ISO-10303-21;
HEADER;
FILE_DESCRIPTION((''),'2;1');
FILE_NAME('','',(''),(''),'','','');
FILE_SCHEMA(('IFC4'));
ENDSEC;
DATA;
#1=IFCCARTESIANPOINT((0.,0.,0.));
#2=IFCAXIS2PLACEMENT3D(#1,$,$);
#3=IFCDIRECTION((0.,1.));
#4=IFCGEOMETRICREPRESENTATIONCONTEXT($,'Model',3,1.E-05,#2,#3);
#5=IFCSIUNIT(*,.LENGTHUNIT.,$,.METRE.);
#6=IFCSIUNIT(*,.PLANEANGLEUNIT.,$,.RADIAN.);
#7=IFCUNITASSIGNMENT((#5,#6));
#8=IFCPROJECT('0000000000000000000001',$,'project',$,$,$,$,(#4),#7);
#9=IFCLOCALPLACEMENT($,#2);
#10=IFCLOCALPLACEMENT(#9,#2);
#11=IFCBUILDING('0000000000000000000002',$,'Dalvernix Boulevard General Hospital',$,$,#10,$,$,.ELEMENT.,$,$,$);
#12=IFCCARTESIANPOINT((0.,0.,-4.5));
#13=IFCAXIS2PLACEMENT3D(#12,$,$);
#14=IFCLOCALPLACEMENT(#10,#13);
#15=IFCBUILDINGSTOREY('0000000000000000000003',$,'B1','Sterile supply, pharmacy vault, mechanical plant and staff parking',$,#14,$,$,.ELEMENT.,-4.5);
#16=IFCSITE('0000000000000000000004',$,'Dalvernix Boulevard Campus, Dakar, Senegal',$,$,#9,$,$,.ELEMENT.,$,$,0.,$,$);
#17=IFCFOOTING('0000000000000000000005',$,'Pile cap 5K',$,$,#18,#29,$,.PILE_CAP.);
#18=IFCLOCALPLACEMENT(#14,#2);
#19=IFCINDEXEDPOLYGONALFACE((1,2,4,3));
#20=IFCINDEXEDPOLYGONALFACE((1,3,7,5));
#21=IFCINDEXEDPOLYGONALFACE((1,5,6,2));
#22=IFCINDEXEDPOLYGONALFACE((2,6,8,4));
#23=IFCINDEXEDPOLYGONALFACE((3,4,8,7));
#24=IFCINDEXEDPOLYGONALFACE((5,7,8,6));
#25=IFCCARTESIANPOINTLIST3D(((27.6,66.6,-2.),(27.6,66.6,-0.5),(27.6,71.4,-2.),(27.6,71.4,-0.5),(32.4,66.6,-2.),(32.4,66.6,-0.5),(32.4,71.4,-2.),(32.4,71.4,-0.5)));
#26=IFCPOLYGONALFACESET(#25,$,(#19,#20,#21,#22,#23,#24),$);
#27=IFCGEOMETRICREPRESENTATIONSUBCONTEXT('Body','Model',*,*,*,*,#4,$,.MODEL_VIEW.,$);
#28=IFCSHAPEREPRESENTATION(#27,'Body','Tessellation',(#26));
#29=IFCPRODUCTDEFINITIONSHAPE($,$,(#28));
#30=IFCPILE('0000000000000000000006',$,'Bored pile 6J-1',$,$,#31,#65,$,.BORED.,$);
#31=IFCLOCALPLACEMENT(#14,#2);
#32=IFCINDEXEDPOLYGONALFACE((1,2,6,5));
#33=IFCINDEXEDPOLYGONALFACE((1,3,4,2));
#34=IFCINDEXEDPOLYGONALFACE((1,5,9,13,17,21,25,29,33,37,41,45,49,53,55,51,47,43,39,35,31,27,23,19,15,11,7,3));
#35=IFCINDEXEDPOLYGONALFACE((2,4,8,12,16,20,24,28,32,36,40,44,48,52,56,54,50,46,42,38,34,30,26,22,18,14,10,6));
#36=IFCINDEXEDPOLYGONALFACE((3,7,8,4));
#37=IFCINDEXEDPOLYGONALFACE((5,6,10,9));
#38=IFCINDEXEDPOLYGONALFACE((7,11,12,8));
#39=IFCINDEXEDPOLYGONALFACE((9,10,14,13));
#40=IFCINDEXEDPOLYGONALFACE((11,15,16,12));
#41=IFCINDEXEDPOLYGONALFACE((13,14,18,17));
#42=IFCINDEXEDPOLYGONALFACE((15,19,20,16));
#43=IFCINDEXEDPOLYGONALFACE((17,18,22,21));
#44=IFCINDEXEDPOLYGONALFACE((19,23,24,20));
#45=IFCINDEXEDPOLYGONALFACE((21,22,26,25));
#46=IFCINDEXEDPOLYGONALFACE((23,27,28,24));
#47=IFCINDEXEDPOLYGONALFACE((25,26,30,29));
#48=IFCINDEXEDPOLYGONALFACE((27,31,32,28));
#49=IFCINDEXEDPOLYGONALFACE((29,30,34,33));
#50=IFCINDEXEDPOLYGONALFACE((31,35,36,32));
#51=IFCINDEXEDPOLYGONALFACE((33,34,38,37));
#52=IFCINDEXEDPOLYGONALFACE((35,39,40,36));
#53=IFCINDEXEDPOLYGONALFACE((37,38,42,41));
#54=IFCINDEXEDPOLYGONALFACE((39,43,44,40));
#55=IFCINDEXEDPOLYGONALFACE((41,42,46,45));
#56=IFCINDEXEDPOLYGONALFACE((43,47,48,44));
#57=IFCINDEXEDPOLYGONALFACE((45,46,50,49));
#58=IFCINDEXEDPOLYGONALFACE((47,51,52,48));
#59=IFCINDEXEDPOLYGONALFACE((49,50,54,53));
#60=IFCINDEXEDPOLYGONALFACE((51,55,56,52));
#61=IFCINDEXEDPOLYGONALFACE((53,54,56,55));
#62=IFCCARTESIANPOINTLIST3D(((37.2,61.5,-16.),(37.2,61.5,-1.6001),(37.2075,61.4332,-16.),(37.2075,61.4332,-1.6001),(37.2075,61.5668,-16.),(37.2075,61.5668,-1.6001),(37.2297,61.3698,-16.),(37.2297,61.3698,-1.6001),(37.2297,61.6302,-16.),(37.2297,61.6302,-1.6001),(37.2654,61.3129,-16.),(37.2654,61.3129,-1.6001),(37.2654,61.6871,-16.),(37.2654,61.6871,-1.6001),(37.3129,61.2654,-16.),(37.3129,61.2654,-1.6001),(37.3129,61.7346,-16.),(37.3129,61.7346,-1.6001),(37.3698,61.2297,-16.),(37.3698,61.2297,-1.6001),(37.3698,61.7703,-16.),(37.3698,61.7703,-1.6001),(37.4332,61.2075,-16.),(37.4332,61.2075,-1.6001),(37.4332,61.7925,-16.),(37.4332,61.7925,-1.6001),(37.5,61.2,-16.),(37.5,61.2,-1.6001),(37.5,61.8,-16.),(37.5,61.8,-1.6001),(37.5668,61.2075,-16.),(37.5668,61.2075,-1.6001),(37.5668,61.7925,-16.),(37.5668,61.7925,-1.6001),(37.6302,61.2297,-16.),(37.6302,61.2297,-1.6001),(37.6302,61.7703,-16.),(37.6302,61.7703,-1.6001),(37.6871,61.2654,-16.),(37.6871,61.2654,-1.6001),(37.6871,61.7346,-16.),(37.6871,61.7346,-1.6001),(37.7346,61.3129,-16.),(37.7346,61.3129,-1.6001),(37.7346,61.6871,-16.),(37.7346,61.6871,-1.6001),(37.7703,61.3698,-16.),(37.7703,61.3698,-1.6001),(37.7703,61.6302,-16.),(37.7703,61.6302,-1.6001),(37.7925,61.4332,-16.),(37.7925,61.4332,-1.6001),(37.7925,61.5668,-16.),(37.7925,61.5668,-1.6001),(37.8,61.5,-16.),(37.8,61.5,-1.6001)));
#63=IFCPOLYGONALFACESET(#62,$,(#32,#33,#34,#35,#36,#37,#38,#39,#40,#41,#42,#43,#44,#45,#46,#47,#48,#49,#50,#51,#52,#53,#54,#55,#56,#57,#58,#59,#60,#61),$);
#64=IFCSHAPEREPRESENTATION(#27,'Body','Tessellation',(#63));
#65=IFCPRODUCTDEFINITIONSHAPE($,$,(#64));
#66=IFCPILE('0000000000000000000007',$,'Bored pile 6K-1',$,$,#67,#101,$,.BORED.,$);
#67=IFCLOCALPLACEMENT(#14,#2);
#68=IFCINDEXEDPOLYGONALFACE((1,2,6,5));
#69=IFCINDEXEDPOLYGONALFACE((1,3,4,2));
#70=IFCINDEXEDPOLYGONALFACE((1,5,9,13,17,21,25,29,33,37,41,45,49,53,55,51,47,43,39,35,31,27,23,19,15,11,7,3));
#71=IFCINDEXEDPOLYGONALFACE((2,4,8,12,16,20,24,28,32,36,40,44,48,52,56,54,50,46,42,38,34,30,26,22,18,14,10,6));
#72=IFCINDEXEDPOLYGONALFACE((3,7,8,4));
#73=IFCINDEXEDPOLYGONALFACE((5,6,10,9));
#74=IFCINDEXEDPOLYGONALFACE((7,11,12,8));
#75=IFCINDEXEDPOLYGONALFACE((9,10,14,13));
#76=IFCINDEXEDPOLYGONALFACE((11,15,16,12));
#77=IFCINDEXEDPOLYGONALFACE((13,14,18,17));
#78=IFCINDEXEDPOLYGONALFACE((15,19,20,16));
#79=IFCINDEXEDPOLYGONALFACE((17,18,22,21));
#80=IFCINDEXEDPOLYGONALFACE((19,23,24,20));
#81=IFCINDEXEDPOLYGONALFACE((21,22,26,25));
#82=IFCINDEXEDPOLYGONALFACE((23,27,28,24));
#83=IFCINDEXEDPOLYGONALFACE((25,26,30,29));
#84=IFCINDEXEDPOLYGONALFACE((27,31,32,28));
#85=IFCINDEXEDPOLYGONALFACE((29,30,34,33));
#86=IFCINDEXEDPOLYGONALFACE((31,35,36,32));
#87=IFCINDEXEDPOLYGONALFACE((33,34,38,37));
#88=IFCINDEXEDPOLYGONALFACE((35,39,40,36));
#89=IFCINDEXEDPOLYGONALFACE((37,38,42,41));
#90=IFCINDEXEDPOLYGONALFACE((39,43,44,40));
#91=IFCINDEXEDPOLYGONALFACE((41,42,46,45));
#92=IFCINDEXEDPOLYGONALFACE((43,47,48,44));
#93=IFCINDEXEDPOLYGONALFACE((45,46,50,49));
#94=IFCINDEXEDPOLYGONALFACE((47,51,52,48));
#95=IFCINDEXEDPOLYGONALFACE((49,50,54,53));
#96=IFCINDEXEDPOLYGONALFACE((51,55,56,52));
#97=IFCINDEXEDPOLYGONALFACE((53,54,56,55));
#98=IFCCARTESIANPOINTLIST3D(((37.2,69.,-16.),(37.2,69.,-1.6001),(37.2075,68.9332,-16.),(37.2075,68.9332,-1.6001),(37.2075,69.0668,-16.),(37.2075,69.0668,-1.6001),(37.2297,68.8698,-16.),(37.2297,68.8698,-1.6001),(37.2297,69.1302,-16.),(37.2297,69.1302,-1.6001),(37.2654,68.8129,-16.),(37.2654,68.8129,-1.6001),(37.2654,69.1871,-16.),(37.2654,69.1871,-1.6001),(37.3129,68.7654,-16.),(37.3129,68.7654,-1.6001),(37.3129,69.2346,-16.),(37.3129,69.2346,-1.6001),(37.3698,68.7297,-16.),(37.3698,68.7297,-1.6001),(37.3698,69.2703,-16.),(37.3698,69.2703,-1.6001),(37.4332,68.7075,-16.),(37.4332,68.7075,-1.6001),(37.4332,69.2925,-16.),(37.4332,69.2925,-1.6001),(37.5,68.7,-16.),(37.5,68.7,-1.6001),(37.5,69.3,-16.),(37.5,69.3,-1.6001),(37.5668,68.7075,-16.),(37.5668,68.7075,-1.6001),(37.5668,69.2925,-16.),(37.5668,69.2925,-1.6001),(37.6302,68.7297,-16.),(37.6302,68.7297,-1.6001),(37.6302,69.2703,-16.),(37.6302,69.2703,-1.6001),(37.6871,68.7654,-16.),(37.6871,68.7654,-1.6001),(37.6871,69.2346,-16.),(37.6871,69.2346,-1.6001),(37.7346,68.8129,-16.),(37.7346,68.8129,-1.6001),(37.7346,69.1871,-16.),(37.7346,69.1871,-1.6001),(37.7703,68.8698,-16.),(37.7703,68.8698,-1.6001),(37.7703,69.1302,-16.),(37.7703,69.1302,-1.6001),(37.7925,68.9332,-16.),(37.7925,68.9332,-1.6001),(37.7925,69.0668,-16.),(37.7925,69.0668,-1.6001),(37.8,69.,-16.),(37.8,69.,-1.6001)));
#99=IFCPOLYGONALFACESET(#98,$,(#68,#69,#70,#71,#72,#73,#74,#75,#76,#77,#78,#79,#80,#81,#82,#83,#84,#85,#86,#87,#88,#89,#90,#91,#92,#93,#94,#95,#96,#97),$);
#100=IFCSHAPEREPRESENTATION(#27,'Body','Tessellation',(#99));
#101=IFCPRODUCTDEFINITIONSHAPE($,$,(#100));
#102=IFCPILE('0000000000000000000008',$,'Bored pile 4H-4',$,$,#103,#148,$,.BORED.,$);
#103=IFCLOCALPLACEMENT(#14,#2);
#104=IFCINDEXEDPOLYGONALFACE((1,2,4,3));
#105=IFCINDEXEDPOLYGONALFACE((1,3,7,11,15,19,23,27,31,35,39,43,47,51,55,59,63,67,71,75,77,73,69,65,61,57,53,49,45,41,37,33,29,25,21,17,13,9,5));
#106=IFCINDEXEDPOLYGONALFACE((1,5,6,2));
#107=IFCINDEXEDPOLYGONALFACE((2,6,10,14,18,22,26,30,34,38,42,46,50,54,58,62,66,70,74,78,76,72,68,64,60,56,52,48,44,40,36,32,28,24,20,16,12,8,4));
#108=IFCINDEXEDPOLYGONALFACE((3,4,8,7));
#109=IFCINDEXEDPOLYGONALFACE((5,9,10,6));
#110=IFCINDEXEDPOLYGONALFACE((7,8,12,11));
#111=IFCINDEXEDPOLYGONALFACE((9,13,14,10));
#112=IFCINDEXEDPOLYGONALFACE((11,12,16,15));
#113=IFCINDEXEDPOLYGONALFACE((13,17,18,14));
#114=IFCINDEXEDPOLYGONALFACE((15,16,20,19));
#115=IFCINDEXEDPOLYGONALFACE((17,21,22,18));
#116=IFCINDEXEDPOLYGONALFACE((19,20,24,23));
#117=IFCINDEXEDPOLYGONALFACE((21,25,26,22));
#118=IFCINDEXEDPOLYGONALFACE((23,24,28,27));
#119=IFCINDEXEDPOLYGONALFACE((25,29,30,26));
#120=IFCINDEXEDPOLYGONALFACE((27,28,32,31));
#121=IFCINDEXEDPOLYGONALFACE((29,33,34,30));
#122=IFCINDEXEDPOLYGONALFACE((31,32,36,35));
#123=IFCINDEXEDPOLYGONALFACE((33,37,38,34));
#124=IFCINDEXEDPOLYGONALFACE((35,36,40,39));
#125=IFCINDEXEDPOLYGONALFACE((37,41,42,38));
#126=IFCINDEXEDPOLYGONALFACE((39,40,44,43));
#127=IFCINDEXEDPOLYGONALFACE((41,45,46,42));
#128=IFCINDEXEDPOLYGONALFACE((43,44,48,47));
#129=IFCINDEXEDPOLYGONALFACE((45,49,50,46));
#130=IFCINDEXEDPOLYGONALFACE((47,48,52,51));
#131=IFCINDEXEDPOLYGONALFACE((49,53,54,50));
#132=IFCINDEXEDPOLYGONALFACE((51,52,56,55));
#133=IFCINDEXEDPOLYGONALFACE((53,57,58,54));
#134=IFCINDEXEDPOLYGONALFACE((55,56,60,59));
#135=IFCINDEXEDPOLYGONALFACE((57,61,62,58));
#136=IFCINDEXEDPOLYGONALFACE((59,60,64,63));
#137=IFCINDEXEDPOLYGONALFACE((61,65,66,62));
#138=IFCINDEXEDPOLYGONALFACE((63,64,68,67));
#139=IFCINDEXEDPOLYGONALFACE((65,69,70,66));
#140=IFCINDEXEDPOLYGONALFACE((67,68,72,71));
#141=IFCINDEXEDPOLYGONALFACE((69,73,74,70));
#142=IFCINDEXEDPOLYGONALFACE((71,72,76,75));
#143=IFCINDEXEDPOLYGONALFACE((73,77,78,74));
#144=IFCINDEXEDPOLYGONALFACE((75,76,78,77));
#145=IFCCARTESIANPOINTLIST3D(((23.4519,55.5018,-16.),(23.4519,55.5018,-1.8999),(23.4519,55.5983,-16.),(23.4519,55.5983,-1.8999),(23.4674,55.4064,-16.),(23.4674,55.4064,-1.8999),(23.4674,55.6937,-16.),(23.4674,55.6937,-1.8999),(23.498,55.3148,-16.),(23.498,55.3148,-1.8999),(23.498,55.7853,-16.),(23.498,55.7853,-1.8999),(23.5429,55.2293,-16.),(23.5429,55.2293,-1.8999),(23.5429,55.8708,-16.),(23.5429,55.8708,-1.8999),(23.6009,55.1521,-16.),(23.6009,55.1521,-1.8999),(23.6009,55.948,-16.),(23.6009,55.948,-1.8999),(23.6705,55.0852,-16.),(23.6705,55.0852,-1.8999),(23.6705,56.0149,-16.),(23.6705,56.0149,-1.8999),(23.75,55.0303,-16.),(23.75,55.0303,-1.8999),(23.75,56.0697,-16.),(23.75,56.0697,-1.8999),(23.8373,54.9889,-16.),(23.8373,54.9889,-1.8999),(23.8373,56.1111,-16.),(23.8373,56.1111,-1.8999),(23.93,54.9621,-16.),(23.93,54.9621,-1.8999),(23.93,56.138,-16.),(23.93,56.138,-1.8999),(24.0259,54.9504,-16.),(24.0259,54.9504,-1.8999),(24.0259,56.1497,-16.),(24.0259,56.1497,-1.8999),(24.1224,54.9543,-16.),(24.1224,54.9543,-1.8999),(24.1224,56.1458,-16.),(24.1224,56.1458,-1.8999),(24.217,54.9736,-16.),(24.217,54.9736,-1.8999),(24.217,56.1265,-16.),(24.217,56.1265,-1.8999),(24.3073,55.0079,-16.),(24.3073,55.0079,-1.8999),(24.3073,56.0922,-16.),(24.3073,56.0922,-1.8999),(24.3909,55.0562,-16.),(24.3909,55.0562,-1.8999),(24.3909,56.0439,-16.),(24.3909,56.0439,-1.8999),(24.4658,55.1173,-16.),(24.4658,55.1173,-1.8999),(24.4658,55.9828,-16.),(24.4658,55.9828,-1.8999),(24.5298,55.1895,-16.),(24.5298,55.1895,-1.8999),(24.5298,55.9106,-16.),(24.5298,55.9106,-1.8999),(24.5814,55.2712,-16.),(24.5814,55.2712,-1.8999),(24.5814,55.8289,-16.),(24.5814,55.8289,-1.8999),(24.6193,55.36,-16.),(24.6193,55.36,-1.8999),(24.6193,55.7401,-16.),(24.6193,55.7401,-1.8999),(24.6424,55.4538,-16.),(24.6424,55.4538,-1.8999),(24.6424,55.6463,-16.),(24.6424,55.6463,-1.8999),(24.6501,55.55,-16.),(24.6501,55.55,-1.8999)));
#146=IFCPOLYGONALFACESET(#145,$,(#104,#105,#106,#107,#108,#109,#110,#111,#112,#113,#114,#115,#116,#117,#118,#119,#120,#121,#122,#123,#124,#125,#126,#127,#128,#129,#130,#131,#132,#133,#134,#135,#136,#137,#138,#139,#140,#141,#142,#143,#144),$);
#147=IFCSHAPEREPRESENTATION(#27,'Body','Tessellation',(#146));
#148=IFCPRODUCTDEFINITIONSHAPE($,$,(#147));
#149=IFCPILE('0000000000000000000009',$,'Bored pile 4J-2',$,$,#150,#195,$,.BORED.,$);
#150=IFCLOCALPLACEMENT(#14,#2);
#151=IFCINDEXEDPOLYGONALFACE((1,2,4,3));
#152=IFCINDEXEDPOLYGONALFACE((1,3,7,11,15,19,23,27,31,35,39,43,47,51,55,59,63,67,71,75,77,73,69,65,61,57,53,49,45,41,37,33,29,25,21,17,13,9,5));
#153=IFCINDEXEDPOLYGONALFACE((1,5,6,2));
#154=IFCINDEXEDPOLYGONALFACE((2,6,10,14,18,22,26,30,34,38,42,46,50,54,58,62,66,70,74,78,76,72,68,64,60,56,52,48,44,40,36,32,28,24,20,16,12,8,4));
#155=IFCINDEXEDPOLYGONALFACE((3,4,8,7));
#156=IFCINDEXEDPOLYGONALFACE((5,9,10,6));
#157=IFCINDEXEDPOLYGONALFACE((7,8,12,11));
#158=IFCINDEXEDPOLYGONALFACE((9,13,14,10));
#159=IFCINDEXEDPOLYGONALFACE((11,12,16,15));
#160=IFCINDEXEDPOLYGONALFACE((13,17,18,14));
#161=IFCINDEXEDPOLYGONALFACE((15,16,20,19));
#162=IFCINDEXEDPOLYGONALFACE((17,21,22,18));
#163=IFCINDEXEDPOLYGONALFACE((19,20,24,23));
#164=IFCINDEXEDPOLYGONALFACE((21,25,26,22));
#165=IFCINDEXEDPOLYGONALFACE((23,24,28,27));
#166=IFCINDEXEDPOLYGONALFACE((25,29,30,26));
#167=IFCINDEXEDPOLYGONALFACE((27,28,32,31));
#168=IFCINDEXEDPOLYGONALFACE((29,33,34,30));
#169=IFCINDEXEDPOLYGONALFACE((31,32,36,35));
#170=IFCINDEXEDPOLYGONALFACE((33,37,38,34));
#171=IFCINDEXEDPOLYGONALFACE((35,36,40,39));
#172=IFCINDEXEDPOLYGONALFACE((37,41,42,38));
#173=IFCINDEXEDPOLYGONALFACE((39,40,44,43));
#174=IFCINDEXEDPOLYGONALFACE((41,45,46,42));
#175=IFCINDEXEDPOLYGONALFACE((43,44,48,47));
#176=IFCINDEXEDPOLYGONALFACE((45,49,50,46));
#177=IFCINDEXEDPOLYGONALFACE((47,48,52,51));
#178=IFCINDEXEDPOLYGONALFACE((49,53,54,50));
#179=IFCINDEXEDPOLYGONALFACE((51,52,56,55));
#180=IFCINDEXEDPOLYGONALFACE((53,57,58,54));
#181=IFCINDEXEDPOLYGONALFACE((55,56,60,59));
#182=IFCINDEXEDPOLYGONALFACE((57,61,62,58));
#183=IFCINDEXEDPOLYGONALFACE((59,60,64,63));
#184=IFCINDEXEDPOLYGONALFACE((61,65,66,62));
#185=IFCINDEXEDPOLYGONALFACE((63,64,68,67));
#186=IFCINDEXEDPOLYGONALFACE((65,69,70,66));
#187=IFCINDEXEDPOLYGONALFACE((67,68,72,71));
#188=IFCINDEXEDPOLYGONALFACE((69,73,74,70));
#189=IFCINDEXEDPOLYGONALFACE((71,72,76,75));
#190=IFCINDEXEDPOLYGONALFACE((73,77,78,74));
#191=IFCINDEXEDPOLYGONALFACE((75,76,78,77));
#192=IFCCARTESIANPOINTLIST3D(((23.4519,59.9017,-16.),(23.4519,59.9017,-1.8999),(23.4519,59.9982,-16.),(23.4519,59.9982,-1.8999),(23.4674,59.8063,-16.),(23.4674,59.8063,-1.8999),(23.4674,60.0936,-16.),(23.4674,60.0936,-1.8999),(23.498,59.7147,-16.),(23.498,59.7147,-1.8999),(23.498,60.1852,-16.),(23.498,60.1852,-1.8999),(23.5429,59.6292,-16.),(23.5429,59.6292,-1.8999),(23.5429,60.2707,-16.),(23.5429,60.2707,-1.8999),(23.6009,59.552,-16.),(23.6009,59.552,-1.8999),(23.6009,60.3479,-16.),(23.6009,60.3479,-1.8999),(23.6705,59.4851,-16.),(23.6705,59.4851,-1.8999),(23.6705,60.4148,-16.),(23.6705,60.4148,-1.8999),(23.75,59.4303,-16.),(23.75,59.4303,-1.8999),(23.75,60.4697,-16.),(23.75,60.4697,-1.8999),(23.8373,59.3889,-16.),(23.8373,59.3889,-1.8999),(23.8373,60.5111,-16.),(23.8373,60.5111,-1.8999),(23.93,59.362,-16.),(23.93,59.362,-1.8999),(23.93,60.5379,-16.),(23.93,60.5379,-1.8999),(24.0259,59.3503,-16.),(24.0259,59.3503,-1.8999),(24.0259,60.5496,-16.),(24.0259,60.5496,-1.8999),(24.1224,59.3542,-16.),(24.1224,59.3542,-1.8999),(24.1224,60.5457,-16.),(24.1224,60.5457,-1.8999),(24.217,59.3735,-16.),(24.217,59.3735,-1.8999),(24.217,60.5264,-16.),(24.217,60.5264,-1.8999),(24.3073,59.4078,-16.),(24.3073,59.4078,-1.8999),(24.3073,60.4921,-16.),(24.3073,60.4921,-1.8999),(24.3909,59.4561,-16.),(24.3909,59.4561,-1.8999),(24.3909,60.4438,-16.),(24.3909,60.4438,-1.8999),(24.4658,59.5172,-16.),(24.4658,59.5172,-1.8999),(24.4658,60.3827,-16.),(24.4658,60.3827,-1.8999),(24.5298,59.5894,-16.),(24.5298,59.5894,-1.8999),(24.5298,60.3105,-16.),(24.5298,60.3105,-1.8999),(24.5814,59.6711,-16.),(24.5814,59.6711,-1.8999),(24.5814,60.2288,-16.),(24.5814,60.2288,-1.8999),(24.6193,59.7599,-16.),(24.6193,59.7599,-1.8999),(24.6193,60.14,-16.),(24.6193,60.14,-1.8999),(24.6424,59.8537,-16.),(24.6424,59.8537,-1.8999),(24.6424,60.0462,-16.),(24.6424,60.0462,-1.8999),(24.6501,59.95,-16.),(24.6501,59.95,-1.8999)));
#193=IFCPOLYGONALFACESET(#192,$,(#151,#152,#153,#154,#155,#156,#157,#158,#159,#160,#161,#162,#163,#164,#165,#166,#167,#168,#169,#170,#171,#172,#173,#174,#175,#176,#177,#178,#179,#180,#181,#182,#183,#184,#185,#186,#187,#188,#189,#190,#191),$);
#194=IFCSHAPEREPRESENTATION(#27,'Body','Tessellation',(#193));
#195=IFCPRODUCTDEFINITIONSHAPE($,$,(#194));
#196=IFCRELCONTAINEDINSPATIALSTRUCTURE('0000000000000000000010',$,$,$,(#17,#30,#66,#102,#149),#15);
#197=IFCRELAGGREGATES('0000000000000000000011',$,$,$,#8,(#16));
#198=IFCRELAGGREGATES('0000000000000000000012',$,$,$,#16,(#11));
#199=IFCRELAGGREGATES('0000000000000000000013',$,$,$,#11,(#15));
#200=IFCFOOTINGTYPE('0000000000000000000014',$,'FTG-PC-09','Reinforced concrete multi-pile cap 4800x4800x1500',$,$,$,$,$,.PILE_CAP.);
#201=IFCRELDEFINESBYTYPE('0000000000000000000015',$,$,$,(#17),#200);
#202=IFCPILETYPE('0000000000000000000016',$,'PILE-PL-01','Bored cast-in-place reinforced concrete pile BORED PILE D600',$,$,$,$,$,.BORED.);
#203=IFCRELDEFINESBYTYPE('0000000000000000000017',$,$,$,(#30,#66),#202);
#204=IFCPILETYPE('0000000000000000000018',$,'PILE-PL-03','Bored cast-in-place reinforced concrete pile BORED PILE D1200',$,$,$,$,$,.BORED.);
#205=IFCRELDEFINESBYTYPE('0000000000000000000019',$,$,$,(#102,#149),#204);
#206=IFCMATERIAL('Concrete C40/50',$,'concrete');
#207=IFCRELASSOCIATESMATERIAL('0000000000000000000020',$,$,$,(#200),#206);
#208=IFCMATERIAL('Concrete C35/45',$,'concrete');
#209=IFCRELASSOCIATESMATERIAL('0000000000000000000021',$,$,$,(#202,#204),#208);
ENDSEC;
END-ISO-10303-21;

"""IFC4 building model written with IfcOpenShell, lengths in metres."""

from ifc_helpers import new_model, si_unit, direction, frame, origin, origin_2d, place, context, subcontext, project, spatial, rectangle, circle, extrude, material, material_profile, profile_set, type_object, element, save


model = new_model("IFC4")

# Units and contexts
model_context = context("Model", 3, precision=1e-05, world=origin(), true_north=direction((0.0, 1.0)))
body_context = subcontext(model_context, "Body", "Model", "MODEL_VIEW")
ifc_project = project(units=[si_unit("LENGTHUNIT", "METRE"), si_unit("PLANEANGLEUNIT", "RADIAN")], contexts=[model_context])

# Site, building, storey
site_placement = place(None, origin())
site = spatial("IfcSite", under=ifc_project, at=site_placement, Name="Dalvernix Boulevard Campus, Dakar, Senegal", CompositionType="ELEMENT", RefElevation=0.0)
building_placement = place(site_placement, origin())
building = spatial("IfcBuilding", under=site, at=building_placement, Name="Dalvernix Boulevard General Hospital", CompositionType="ELEMENT")
storey_placement = place(building_placement, frame((0.0, 0.0, -4.5)))
storey = spatial("IfcBuildingStorey", under=building, at=storey_placement, Name="B1", Description="Sterile supply, pharmacy vault, mechanical plant and staff parking", CompositionType="ELEMENT", Elevation=-4.5)

# Footing
ifc_material_1 = material(Name="Concrete C35/45", Category="concrete")
ifc_material_2 = material(Name="Concrete C40/50", Category="concrete")
footing_type_1 = type_object("IfcFootingType", Name="FTG-PC-09", Description="Reinforced concrete multi-pile cap 4800x4800x1500", PredefinedType="PILE_CAP", material=ifc_material_2)
for number, where, z_axis, x_axis, name in (
    (1, (30.0, 69.0, -2.0), (0.0, 0.0, 1.0), (1.0, 0.0, 0.0), "Pile cap 5K"),
):
    element("IfcFooting", number, at=place(storey_placement, frame(where, z_axis=z_axis, x_axis=x_axis)), inside=storey, type_object=footing_type_1, Name=name, PredefinedType="PILE_CAP", context=body_context, shape_type="SweptSolid", body=[
        extrude(rectangle(XDim=4.8, YDim=4.8, at=origin_2d()), origin(), (0.0, 0.0, 1.0), 1.5),
    ])

# Piles
ifc_material_profile_1 = material_profile(ifc_material_1, circle(Radius=0.3, at=origin_2d()), Name="BORED PILE D600")
ifc_profile_set_1 = profile_set([ifc_material_profile_1], Name="Concrete C35/45")
pile_type_1 = type_object("IfcPileType", Name="PILE-PL-01", Description="Bored cast-in-place reinforced concrete pile BORED PILE D600", PredefinedType="BORED", material=ifc_profile_set_1)
for number, where, z_axis, x_axis, name in (
    (2, (37.5, 61.5, -1.6001), (0.0, 0.0, -1.0), (1.0, 0.0, 0.0), "Bored pile 6J-1"),
    (3, (37.5, 69.0, -1.6001), (0.0, 0.0, -1.0), (1.0, 0.0, 0.0), "Bored pile 6K-1"),
):
    element("IfcPile", number, at=place(storey_placement, frame(where, z_axis=z_axis, x_axis=x_axis)), inside=storey, type_object=pile_type_1, Name=name, PredefinedType="BORED", context=body_context, shape_type="SweptSolid", body=[
        extrude(circle(Radius=0.3, at=origin_2d()), origin(), (0.0, 0.0, 1.0), 14.3999),
    ])
ifc_material_profile_2 = material_profile(ifc_material_1, circle(Radius=0.6001, at=origin_2d()), Name="BORED PILE D1200")
ifc_profile_set_2 = profile_set([ifc_material_profile_2], Name="Concrete C35/45")
pile_type_2 = type_object("IfcPileType", Name="PILE-PL-03", Description="Bored cast-in-place reinforced concrete pile BORED PILE D1200", PredefinedType="BORED", material=ifc_profile_set_2)
for number, where, z_axis, x_axis, name in (
    (4, (24.05, 55.55, -1.8999), (0.0, 0.0, -1.0), (1.0, 0.0, 0.0), "Bored pile 4H-4"),
    (5, (24.05, 59.95, -1.8999), (0.0, 0.0, -1.0), (1.0, 0.0, 0.0), "Bored pile 4J-2"),
):
    element("IfcPile", number, at=place(storey_placement, frame(where, z_axis=z_axis, x_axis=x_axis)), inside=storey, type_object=pile_type_2, Name=name, PredefinedType="BORED", context=body_context, shape_type="SweptSolid", body=[
        extrude(circle(Radius=0.6001, at=origin_2d()), origin(), (0.0, 0.0, 1.0), 14.1001),
    ])

save(model, "model.ifc")
